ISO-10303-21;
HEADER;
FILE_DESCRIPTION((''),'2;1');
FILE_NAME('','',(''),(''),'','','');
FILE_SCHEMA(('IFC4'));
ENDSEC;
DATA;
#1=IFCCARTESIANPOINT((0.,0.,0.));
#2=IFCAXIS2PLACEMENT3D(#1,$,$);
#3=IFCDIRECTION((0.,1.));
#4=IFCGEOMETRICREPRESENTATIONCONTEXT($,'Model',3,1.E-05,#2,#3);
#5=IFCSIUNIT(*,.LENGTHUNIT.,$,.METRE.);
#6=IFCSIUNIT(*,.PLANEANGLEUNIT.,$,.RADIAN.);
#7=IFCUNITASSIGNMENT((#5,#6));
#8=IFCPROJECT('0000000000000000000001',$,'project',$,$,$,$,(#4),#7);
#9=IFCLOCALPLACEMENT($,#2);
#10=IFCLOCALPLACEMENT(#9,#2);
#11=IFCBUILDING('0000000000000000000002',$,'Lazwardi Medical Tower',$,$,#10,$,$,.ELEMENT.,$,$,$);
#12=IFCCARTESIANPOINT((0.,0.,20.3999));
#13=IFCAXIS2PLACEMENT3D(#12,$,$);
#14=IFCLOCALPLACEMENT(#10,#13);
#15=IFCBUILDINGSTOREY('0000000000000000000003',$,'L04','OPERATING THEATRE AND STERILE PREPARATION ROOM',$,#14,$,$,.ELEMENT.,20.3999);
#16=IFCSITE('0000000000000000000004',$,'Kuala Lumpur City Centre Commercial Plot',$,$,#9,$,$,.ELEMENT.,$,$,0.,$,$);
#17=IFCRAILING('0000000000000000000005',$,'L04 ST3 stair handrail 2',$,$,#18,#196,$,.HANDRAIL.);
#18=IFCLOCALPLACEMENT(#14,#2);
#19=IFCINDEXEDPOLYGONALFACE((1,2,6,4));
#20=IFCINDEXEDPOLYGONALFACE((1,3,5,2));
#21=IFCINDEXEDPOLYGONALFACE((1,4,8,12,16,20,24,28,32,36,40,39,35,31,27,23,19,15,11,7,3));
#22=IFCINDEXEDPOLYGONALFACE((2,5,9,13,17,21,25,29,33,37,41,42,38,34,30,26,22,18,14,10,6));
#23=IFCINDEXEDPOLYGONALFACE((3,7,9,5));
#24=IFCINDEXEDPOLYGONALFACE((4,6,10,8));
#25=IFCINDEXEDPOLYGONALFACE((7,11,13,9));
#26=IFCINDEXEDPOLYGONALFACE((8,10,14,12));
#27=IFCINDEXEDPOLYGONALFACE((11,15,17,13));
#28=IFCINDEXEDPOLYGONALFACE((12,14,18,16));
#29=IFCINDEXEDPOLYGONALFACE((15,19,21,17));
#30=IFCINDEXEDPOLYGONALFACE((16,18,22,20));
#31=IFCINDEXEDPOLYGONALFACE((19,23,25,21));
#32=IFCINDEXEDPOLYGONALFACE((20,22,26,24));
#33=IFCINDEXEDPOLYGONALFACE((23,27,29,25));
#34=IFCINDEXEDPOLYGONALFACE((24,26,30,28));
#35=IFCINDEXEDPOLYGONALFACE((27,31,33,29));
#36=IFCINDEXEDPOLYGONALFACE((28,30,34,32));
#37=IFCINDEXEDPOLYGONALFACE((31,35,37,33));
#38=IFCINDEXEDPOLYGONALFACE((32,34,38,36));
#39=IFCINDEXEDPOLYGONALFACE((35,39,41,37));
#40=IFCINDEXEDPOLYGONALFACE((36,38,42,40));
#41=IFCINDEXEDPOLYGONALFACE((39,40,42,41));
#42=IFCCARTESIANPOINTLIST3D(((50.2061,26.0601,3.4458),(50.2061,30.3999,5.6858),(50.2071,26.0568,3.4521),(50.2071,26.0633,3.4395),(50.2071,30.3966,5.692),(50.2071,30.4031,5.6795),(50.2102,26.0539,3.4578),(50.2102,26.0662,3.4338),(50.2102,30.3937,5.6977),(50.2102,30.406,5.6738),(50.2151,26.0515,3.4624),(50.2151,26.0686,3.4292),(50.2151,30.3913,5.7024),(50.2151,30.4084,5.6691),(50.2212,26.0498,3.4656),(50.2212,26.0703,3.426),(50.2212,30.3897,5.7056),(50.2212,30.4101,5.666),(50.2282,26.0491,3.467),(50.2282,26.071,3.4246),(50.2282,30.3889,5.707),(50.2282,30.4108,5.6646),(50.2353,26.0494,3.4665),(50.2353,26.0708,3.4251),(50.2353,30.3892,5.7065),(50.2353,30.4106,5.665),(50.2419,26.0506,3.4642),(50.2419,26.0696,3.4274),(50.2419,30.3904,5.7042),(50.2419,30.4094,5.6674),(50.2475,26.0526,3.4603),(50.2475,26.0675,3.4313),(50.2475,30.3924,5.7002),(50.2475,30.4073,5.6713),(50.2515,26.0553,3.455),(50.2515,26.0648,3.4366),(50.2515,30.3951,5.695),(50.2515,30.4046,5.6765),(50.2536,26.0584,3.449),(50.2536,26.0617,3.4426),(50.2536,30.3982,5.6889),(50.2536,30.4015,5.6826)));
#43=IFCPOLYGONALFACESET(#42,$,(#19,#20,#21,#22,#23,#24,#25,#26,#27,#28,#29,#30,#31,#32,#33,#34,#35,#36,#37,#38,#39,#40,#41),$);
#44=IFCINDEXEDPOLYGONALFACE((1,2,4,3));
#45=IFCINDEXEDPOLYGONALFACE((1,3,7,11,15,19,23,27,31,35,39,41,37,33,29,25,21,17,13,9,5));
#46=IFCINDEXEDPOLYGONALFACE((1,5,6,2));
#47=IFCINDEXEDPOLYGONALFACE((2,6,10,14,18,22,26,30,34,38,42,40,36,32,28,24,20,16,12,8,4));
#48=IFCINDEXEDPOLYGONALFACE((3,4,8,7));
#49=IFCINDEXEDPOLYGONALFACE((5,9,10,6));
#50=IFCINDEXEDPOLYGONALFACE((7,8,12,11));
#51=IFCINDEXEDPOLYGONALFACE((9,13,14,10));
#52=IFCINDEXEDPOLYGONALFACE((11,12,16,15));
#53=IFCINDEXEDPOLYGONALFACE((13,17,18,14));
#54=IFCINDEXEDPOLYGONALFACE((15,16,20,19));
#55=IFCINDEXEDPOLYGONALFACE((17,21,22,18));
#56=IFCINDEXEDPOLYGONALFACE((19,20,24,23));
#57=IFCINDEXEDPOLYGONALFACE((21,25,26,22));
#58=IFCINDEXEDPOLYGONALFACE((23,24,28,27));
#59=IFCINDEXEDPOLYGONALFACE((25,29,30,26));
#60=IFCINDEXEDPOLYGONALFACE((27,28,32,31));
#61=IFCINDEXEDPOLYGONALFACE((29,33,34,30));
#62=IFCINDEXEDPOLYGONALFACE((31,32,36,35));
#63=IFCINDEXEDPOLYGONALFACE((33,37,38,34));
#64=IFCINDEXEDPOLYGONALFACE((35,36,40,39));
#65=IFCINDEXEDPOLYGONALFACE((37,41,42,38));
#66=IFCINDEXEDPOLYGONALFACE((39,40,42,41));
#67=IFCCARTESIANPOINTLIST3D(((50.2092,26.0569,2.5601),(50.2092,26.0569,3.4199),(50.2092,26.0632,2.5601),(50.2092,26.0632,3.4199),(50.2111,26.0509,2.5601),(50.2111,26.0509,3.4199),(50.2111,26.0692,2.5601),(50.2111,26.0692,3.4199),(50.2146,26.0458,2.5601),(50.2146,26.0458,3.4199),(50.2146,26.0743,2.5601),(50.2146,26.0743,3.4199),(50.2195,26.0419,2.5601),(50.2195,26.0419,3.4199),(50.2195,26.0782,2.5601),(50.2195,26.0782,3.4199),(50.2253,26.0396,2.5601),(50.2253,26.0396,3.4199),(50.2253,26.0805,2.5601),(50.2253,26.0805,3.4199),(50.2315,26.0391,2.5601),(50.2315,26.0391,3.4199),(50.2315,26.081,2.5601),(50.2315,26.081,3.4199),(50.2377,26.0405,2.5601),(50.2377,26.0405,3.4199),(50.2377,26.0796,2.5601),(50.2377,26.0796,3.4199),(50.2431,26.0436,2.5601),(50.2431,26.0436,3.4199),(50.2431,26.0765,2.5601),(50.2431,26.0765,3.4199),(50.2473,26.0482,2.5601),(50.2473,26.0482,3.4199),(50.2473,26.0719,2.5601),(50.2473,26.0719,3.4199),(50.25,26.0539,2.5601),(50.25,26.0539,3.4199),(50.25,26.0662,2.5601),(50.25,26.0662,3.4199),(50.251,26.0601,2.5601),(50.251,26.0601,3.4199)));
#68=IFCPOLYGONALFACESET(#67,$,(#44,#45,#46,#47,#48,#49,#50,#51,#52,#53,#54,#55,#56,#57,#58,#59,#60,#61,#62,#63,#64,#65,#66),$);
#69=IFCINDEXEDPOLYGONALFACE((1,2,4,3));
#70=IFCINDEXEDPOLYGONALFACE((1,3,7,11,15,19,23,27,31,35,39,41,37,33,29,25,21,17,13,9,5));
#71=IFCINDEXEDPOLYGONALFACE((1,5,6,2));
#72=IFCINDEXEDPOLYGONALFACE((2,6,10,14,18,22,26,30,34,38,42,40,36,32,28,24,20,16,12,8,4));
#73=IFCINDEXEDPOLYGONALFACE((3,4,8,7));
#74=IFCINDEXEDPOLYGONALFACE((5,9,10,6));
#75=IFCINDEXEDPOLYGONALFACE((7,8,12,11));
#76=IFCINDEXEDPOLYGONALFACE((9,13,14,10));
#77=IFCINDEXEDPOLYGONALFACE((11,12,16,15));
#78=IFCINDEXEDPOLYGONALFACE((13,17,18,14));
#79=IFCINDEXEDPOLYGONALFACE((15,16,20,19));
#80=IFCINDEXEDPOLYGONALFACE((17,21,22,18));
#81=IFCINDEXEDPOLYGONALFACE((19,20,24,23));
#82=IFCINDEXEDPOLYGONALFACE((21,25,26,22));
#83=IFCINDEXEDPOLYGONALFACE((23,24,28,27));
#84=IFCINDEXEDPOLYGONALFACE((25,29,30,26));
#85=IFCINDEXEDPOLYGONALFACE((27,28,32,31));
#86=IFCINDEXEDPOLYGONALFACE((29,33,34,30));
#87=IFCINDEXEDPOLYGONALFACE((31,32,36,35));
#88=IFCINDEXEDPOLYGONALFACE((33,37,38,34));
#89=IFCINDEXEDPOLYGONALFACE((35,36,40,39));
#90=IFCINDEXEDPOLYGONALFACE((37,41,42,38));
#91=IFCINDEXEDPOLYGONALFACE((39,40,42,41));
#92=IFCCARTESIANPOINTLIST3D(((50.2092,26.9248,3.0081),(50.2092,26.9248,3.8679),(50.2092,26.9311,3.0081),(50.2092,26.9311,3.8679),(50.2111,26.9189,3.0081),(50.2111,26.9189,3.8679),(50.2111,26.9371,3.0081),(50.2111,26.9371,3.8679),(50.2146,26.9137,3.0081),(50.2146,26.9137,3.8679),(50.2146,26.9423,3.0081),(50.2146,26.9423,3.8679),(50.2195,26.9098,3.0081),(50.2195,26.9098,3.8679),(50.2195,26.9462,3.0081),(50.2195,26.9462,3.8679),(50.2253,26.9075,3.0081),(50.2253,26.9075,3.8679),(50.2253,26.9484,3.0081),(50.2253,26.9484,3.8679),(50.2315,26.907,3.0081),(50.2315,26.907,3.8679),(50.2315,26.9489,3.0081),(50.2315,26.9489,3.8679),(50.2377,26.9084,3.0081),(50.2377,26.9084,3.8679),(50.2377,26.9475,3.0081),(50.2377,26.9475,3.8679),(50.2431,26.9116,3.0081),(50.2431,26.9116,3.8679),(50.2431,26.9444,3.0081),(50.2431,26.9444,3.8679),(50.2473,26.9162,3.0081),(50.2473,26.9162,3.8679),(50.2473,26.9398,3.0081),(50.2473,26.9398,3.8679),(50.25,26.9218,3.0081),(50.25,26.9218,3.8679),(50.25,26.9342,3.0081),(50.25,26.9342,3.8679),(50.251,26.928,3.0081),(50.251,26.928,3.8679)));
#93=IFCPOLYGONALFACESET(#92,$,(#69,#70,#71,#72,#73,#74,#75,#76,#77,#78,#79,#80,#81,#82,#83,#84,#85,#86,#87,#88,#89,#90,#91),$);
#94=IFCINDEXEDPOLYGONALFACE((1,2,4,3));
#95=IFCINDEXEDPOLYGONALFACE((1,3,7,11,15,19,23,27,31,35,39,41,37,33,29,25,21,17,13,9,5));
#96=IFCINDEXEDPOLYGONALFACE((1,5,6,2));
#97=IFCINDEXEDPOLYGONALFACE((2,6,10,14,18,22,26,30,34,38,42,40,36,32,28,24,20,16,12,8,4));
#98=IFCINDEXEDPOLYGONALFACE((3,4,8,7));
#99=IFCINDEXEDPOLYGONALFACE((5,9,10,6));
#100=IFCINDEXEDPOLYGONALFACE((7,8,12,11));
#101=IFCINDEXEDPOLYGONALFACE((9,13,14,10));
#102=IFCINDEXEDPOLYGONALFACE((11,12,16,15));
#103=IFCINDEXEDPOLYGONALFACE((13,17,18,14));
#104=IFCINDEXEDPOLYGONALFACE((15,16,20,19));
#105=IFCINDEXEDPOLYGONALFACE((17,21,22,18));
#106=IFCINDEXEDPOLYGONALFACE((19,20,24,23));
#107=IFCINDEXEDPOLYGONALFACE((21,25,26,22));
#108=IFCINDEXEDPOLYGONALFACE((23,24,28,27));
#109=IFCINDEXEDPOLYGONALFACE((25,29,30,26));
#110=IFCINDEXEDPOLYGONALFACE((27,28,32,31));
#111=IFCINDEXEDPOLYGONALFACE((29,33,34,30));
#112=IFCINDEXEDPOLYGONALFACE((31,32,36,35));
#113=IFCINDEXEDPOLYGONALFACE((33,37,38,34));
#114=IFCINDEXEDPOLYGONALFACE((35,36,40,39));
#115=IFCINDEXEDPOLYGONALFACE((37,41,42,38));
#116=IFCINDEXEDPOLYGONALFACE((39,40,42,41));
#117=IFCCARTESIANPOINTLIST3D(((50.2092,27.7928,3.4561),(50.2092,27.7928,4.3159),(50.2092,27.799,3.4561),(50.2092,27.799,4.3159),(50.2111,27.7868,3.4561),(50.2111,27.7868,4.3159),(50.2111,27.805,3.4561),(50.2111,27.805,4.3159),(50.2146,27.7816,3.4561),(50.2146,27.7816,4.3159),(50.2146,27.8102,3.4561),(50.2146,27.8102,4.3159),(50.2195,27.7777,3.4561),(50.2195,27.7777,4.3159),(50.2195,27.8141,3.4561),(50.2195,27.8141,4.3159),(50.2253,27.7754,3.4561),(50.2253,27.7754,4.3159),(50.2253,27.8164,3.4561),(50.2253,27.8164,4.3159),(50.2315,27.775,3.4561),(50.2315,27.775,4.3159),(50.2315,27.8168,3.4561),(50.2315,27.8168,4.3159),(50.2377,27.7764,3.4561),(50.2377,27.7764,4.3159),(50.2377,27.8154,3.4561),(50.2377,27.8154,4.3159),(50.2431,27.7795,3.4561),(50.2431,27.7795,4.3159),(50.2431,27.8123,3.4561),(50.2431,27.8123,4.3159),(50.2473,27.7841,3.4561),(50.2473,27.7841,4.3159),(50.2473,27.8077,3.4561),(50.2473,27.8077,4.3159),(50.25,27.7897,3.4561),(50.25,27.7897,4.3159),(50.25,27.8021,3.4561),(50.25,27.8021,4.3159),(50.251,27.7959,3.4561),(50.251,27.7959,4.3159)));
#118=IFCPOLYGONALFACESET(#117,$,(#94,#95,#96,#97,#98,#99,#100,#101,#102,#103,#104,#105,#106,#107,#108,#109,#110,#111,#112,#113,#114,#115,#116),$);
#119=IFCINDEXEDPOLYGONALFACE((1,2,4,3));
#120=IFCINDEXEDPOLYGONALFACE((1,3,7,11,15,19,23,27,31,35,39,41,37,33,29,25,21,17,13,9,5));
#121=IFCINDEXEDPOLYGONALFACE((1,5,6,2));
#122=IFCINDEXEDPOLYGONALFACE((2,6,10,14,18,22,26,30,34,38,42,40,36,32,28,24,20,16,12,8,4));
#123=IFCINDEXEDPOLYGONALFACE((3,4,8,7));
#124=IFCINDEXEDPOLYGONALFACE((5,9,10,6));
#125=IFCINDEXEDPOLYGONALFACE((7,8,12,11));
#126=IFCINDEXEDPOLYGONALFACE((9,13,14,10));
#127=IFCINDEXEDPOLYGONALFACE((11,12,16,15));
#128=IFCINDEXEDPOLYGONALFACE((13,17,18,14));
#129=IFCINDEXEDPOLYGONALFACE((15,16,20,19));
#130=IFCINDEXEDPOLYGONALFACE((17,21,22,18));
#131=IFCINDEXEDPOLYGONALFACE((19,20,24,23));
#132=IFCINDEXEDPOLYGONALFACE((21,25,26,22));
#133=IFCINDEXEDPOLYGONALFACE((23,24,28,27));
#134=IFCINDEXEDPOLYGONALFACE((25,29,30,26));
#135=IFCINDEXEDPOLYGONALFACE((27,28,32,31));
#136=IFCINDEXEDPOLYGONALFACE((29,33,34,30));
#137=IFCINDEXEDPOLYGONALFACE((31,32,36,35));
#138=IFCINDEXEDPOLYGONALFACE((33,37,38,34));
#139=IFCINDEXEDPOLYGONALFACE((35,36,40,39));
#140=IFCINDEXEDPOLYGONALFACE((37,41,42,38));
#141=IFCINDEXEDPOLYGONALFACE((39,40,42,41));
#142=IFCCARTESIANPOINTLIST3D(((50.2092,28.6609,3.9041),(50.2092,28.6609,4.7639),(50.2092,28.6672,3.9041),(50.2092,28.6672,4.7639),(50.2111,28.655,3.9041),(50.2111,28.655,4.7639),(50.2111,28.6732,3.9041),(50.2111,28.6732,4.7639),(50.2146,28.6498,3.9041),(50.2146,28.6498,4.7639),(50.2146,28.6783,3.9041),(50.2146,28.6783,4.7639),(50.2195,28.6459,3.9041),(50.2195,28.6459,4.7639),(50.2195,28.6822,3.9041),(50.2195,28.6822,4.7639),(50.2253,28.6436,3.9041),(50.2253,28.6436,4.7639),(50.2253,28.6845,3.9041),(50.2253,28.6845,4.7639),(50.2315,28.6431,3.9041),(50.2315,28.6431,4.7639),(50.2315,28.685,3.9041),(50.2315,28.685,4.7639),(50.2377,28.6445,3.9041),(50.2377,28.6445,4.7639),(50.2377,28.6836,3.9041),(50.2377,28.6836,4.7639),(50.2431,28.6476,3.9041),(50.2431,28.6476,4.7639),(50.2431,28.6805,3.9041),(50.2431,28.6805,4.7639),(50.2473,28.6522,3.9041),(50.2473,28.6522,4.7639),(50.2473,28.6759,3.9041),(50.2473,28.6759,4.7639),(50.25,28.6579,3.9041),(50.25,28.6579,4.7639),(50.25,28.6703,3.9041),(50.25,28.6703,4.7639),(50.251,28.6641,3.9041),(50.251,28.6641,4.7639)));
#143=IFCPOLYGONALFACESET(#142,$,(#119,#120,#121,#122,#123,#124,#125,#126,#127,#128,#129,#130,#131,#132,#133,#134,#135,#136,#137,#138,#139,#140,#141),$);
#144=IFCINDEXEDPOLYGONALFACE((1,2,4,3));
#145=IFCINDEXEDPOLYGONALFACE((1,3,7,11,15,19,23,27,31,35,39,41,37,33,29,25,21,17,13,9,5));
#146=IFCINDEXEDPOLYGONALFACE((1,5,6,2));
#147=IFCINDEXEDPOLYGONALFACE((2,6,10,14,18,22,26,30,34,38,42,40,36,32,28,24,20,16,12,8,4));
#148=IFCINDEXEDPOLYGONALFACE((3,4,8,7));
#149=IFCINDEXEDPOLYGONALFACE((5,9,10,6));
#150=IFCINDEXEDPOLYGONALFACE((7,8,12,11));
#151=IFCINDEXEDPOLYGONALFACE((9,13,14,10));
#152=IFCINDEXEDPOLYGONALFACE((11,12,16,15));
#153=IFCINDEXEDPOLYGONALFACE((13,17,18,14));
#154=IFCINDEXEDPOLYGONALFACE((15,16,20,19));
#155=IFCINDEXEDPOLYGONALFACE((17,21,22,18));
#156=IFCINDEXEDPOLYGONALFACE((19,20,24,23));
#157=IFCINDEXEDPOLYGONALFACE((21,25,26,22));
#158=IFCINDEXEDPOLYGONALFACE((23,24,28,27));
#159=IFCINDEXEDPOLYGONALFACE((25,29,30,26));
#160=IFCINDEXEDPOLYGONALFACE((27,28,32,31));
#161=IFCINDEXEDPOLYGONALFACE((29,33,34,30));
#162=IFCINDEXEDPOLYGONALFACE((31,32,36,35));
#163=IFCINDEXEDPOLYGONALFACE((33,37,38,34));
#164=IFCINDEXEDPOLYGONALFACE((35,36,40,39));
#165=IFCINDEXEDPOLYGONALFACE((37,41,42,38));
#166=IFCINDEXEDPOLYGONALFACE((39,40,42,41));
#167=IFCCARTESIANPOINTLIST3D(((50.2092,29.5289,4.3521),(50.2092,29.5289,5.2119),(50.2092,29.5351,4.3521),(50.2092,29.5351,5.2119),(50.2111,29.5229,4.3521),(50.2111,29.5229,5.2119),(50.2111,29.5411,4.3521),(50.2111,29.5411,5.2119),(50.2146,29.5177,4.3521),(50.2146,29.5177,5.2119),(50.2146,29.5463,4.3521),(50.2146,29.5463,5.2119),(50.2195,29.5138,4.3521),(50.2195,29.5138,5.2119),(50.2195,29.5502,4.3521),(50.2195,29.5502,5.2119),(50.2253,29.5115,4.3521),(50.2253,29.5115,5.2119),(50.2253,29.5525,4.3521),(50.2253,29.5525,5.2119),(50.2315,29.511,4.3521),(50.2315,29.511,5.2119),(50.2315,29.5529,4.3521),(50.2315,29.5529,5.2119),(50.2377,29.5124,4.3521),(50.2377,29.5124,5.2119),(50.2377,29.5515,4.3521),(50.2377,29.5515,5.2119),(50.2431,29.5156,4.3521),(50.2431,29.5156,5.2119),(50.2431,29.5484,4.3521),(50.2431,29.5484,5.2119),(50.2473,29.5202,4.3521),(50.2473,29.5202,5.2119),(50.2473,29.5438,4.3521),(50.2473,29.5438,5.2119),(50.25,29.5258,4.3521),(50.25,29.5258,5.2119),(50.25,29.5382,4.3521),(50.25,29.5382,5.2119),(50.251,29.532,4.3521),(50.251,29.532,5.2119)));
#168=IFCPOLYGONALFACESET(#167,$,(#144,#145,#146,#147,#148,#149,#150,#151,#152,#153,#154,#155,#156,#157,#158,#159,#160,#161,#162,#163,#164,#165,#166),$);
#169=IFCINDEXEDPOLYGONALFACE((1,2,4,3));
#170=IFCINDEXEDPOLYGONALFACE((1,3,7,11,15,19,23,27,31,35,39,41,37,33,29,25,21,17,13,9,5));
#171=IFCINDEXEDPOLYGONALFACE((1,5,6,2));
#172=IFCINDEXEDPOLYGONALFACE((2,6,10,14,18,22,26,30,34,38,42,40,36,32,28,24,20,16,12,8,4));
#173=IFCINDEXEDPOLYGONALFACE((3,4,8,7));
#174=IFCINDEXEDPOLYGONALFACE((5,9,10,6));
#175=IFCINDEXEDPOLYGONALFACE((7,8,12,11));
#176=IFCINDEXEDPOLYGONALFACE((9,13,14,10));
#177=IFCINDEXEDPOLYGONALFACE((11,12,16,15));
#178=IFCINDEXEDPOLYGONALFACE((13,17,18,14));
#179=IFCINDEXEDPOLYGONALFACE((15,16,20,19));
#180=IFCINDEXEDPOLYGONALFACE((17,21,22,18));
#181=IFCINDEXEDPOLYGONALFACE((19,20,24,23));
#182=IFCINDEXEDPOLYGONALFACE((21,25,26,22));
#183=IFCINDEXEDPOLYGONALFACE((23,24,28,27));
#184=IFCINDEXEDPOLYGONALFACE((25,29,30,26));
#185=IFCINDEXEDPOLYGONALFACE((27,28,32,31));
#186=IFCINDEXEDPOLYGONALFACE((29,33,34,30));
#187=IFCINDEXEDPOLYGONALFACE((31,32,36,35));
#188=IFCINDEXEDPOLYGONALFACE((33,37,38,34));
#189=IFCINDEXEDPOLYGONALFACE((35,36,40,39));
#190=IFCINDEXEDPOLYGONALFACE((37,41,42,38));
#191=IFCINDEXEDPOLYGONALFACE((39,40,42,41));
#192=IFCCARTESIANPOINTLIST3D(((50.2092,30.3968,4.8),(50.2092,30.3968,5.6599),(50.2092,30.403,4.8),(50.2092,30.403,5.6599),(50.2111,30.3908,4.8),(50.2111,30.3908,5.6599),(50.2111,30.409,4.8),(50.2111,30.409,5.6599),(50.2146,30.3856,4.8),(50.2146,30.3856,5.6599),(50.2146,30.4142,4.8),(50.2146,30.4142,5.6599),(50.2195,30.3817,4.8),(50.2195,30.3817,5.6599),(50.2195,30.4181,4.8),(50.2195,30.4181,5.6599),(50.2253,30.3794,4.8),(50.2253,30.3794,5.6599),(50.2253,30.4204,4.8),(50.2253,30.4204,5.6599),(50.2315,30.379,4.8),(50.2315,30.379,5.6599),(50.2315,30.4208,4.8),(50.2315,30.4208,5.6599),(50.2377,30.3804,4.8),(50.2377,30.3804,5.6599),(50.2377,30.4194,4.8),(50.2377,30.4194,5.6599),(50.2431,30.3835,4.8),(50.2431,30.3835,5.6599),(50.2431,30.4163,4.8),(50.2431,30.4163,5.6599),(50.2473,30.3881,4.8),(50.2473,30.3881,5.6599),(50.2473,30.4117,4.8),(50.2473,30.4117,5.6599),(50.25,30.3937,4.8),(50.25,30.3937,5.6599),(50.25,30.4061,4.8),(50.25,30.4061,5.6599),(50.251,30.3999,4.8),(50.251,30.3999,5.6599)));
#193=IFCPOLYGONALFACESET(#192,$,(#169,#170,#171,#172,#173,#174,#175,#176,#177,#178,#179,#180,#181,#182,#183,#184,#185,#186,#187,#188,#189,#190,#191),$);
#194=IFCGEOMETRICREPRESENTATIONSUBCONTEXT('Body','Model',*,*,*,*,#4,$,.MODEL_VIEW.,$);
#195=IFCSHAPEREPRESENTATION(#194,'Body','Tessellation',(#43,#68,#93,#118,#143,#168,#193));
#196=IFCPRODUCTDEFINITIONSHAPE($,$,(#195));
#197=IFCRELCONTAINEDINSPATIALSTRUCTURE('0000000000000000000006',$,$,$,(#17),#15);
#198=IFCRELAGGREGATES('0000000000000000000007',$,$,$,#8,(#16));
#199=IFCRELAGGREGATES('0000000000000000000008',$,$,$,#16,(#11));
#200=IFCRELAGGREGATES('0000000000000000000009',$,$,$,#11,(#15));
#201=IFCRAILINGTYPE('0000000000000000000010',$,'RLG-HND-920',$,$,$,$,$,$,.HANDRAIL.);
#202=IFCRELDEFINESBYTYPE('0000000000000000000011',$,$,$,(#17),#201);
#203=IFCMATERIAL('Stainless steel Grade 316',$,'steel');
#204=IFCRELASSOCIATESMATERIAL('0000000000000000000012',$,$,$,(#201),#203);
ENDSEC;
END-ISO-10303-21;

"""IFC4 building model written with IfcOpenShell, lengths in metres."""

from ifc_helpers import new_model, si_unit, direction, frame, origin, origin_2d, place, context, subcontext, project, spatial, circle, extrude, material, type_object, element, save


model = new_model("IFC4")

# Units and contexts
model_context = context("Model", 3, precision=1e-05, world=origin(), true_north=direction((0.0, 1.0)))
body_context = subcontext(model_context, "Body", "Model", "MODEL_VIEW")
ifc_project = project(units=[si_unit("LENGTHUNIT", "METRE"), si_unit("PLANEANGLEUNIT", "RADIAN")], contexts=[model_context])

# Site, building, storey
site_placement = place(None, origin())
site = spatial("IfcSite", under=ifc_project, at=site_placement, Name="Kuala Lumpur City Centre Commercial Plot", CompositionType="ELEMENT", RefElevation=0.0)
building_placement = place(site_placement, origin())
building = spatial("IfcBuilding", under=site, at=building_placement, Name="Lazwardi Medical Tower", CompositionType="ELEMENT")
storey_placement = place(building_placement, frame((0.0, 0.0, 20.3999)))
storey = spatial("IfcBuildingStorey", under=building, at=storey_placement, Name="L04", Description="OPERATING THEATRE AND STERILE PREPARATION ROOM", CompositionType="ELEMENT", Elevation=20.3999)

# Railing
ifc_material_1 = material(Name="Stainless steel Grade 316", Category="steel")
railing_type = type_object("IfcRailingType", Name="RLG-HND-920", PredefinedType="HANDRAIL", material=ifc_material_1)
railing_placement = place(storey_placement, frame((50.23, 26.0601, 2.5601)))
element("IfcRailing", 1, at=railing_placement, inside=storey, type_object=railing_type, Name="L04 ST3 stair handrail 2", PredefinedType="HANDRAIL", context=body_context, shape_type="SweptSolid", body=[
    extrude(circle(Radius=0.0239, at=origin_2d()), frame((0.0, 0.0, 0.8857), z_axis=(0.0, 0.888615, 0.458654), x_axis=(-1.0, 0.0, 0.0)), (0.0, 0.0, 1.0), 4.8838),
    extrude(circle(Radius=0.021, at=origin_2d()), origin(), (0.0, 0.0, 1.0), 0.8599),
    extrude(circle(Radius=0.021, at=origin_2d()), frame((0.0, 0.8679, 0.448)), (0.0, 0.0, 1.0), 0.8599),
    extrude(circle(Radius=0.021, at=origin_2d()), frame((0.0, 1.7358, 0.896)), (0.0, 0.0, 1.0), 0.8599),
    extrude(circle(Radius=0.021, at=origin_2d()), frame((0.0, 2.604, 1.344)), (0.0, 0.0, 1.0), 0.8599),
    extrude(circle(Radius=0.021, at=origin_2d()), frame((0.0, 3.4719, 1.792)), (0.0, 0.0, 1.0), 0.8599),
    extrude(circle(Radius=0.021, at=origin_2d()), frame((0.0, 4.3398, 2.24)), (0.0, 0.0, 1.0), 0.8599),
])

save(model, "model.ifc")
